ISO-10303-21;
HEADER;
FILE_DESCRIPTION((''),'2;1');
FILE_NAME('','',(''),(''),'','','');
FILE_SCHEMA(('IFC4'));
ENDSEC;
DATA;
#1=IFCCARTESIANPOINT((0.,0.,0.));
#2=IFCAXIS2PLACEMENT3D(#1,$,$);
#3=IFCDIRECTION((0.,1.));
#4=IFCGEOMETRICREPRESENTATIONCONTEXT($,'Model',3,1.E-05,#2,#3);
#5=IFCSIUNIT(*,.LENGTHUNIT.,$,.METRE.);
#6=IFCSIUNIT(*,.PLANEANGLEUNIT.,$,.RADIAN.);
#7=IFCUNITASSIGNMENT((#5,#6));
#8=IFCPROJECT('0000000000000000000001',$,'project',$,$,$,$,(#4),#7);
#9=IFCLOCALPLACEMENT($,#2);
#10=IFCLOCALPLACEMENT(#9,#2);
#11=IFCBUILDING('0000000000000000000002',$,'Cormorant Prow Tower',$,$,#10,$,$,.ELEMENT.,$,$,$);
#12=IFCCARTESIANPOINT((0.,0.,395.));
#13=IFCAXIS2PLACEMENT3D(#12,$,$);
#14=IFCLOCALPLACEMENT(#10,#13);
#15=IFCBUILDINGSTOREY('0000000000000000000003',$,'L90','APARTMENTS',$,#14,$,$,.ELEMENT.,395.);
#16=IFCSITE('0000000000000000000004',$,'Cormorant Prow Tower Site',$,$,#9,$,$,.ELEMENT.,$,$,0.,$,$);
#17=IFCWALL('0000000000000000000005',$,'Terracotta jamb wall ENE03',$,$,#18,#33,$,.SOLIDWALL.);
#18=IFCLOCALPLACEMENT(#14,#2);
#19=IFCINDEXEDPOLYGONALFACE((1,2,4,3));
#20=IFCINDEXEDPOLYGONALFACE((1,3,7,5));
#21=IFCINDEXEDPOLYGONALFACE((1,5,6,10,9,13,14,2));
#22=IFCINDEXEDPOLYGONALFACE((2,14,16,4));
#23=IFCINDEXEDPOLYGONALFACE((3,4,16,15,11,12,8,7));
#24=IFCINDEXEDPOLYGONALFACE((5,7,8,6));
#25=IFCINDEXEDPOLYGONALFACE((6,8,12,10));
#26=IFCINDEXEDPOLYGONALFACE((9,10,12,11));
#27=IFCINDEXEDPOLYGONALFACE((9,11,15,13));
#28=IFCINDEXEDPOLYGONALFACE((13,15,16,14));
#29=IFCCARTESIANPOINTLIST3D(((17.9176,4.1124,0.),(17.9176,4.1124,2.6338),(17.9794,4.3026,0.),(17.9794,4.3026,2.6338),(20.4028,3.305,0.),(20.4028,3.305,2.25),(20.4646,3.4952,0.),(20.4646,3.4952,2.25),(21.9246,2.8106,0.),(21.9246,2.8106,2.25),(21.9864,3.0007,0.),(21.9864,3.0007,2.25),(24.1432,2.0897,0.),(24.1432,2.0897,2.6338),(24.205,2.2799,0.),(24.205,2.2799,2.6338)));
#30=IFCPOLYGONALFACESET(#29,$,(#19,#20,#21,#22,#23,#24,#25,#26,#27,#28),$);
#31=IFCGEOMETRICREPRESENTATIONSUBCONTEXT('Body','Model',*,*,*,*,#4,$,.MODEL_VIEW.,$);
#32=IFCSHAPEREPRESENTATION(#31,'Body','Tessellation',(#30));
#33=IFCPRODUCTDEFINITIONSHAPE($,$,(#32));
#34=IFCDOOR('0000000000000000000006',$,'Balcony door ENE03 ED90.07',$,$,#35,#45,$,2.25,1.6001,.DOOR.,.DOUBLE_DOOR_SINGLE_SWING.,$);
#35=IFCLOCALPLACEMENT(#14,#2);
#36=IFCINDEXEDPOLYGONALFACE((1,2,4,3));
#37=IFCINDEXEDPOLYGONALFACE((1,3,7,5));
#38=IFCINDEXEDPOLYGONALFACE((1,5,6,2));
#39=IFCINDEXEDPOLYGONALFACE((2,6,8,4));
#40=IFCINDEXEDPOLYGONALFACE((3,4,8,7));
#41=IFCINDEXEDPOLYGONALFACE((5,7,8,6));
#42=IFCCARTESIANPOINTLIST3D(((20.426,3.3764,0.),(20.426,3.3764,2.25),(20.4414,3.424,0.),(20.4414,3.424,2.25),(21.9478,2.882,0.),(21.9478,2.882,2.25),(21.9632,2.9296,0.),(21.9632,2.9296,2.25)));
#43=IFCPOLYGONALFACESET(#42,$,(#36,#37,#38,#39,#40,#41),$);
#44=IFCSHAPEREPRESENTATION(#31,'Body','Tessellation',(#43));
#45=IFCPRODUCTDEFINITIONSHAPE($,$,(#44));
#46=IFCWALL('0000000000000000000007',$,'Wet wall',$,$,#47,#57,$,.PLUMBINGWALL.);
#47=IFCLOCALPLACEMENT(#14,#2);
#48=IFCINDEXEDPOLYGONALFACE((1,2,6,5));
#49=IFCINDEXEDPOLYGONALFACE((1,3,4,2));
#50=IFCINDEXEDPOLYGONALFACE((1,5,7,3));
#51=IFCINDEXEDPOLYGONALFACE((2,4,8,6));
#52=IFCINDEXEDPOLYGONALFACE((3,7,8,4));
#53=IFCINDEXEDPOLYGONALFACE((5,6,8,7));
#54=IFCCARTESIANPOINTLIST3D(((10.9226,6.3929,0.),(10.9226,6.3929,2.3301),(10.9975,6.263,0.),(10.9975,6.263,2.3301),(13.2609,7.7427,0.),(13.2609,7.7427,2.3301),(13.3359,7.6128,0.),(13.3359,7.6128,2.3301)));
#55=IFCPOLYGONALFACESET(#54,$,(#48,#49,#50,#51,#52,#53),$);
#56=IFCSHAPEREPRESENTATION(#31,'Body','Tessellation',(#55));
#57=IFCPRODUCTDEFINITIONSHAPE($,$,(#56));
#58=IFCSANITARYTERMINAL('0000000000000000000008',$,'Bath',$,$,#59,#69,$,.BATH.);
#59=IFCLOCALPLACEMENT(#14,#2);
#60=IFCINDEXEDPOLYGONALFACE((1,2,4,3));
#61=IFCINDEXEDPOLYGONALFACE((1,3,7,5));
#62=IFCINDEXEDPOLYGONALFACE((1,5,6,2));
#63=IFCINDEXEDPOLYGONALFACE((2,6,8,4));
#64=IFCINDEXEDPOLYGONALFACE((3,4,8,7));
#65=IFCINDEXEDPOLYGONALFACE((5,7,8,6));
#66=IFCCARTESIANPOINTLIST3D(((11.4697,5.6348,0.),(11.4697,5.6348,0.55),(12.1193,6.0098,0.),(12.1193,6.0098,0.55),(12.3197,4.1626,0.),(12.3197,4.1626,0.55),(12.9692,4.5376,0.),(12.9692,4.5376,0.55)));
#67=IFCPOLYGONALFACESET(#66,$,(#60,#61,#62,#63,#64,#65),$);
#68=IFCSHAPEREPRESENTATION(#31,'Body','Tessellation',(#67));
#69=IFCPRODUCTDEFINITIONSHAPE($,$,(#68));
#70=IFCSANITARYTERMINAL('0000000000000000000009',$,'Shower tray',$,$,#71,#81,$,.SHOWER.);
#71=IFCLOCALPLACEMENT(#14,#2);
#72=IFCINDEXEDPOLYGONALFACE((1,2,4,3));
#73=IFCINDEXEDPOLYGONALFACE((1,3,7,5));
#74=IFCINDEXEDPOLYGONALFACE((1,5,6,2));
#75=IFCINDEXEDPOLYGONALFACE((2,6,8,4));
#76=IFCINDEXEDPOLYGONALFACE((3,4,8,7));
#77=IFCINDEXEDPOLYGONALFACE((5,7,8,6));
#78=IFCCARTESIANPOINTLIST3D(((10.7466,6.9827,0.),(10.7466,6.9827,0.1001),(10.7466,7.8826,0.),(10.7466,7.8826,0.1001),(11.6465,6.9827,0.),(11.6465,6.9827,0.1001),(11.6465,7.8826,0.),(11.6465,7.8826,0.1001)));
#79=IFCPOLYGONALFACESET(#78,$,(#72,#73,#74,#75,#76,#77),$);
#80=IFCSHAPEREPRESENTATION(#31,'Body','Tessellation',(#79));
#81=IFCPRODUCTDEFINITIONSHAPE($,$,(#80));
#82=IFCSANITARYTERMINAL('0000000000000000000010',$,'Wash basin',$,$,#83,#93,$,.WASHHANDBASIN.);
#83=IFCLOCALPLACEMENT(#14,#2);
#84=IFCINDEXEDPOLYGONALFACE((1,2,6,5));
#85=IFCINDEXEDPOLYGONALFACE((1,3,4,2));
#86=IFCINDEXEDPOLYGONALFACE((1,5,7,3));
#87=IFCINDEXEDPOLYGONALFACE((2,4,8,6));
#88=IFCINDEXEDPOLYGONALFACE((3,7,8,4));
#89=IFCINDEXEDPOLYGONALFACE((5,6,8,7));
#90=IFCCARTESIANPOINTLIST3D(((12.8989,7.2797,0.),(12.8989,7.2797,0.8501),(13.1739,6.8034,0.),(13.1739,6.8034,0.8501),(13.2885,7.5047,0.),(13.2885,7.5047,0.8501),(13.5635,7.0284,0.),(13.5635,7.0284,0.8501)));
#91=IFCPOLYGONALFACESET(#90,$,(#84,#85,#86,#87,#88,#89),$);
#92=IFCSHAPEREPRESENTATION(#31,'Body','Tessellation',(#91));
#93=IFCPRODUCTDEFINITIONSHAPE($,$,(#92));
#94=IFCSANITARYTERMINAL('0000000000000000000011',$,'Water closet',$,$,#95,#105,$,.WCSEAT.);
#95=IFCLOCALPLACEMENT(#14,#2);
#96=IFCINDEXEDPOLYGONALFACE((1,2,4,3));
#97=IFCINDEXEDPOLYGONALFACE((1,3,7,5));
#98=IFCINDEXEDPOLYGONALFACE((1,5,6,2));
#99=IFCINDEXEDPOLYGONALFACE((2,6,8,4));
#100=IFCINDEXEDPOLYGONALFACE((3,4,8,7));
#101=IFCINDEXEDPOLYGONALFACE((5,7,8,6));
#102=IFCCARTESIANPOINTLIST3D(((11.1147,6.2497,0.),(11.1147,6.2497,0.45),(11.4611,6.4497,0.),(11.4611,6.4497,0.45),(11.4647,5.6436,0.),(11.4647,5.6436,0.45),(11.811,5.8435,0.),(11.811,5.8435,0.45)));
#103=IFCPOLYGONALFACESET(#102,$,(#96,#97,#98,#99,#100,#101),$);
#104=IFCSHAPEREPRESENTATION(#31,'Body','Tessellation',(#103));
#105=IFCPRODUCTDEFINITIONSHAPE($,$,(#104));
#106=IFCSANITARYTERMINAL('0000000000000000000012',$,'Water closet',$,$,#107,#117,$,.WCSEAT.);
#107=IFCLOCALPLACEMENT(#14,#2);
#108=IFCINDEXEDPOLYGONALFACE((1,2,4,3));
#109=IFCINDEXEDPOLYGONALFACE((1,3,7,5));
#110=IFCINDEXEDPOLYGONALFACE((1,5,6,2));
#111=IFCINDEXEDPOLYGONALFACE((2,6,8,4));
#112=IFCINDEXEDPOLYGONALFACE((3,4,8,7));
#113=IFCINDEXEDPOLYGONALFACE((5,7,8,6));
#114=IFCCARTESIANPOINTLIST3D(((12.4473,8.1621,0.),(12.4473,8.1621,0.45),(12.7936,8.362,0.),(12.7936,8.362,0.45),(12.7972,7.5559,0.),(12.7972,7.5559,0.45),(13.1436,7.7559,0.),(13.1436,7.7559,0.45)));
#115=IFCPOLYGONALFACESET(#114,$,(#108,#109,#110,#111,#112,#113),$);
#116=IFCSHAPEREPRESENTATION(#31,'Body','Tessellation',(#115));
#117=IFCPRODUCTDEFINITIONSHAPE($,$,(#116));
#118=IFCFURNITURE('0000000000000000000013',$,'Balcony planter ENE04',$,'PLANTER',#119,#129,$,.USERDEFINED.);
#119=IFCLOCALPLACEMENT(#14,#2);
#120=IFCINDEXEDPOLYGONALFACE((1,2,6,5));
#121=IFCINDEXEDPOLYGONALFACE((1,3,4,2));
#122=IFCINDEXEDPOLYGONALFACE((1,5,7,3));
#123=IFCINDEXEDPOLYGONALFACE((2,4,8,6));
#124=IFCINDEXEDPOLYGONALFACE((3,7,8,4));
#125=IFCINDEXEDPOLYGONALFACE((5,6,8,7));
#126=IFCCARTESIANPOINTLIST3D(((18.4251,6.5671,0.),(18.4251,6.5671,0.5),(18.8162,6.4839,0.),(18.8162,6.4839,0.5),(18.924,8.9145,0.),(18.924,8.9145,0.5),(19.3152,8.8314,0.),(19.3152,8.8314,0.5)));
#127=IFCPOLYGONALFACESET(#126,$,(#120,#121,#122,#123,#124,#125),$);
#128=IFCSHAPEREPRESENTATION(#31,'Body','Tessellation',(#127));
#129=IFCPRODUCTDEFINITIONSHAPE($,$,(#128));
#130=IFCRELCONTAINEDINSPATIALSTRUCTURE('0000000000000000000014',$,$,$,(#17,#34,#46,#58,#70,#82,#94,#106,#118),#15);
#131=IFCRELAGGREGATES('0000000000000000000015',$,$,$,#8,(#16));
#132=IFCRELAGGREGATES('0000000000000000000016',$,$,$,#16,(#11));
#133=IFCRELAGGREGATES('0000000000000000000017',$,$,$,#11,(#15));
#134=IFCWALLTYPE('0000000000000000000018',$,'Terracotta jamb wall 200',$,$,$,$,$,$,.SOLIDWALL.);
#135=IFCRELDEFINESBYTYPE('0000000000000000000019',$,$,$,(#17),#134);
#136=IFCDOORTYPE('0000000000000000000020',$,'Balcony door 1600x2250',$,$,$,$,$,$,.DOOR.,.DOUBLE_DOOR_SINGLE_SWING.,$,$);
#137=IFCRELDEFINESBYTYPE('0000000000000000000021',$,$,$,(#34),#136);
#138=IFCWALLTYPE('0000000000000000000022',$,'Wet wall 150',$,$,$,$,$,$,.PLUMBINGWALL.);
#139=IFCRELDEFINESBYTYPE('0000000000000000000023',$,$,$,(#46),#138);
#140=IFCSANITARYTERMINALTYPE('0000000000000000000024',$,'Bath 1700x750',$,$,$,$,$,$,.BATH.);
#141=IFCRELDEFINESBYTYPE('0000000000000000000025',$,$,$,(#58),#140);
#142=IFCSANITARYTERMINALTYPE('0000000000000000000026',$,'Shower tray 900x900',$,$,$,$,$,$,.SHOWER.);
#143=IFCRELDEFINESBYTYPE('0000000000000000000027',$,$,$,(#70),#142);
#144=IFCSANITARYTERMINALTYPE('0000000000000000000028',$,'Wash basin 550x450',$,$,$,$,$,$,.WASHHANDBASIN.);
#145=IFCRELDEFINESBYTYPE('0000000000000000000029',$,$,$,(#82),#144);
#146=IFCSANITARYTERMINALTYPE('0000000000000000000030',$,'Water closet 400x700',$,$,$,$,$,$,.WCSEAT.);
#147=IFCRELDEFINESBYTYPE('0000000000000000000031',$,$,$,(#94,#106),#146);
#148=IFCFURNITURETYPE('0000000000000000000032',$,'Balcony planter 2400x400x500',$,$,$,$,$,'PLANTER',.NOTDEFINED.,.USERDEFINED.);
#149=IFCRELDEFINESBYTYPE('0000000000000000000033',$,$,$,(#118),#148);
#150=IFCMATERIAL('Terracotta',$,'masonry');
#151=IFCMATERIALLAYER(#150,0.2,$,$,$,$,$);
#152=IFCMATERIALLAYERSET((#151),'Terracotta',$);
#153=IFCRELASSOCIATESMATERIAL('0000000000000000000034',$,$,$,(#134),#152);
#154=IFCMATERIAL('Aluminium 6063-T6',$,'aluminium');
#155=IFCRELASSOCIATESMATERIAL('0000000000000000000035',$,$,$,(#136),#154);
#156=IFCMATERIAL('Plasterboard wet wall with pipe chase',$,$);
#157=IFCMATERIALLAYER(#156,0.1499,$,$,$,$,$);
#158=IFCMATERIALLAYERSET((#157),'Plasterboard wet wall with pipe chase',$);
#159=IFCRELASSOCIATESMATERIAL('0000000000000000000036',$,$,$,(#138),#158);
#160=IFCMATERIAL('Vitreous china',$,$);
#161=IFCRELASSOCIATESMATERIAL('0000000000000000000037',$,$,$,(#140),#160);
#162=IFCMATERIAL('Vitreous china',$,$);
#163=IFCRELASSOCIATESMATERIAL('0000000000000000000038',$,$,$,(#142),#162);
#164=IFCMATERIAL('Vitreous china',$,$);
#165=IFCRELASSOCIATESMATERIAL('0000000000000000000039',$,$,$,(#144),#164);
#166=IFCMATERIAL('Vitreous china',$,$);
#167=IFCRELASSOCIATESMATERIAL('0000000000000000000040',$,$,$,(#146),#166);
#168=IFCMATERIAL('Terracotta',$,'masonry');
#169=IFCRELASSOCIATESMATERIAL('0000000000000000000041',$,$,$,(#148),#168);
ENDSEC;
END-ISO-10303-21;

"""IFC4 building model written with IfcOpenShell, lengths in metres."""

from ifc_helpers import new_model, si_unit, direction, frame, frame_2d, origin, origin_2d, place, context, subcontext, project, spatial, rectangle, extrude, material, layer, layer_set, type_object, element, fill, save


model = new_model("IFC4")

# Units and contexts
model_context = context("Model", 3, precision=1e-05, world=origin(), true_north=direction((0.0, 1.0)))
body_context = subcontext(model_context, "Body", "Model", "MODEL_VIEW")
ifc_project = project(units=[si_unit("LENGTHUNIT", "METRE"), si_unit("PLANEANGLEUNIT", "RADIAN")], contexts=[model_context])

# Site, building, storey
site_placement = place(None, origin())
site = spatial("IfcSite", under=ifc_project, at=site_placement, Name="Cormorant Prow Tower Site", CompositionType="ELEMENT", RefElevation=0.0)
building_placement = place(site_placement, origin())
building = spatial("IfcBuilding", under=site, at=building_placement, Name="Cormorant Prow Tower", CompositionType="ELEMENT")
storey_placement = place(building_placement, frame((0.0, 0.0, 395.0)))
storey = spatial("IfcBuildingStorey", under=building, at=storey_placement, Name="L90", Description="APARTMENTS", CompositionType="ELEMENT", Elevation=395.0)

# Wall, opening, door
ifc_material_1 = material(Name="Terracotta", Category="masonry")
ifc_layer_1 = layer(ifc_material_1, 0.2)
ifc_layer_set_1 = layer_set([ifc_layer_1], Name="Terracotta")
wall_type_1 = type_object("IfcWallType", Name="Terracotta jamb wall 200", PredefinedType="SOLIDWALL", material=ifc_layer_set_1)
wall_1_placement = place(storey_placement, frame((24.1741, 2.1848, 0.0), z_axis=(0.0, 0.0, 1.0), x_axis=(-0.951061, 0.309002, 0.0)))
wall_1 = element("IfcWall", 1, at=wall_1_placement, inside=storey, type_object=wall_type_1, Name="Terracotta jamb wall ENE03", PredefinedType="SOLIDWALL", context=body_context, shape_type="SweptSolid", body=[
    extrude(rectangle(XDim=6.5459, YDim=0.2, at=frame_2d((3.2729, 0.0))), origin(), (0.0, 0.0, 1.0), 2.6338),
])
opening_1_placement = place(wall_1_placement, frame((2.3328, 0.0, 0.0)))
opening_1 = element("IfcOpeningElement", 2, at=opening_1_placement, cuts=wall_1, PredefinedType="OPENING", context=body_context, shape_type="SweptSolid", body=[
    extrude(rectangle(XDim=1.6001, YDim=2.25, at=frame_2d((0.8, 1.125))), frame((0.0, 0.1099, 0.0), z_axis=(0.0, -1.0, 0.0), x_axis=(1.0, 0.0, 0.0)), (0.0, 0.0, 1.0), 0.22),
])
ifc_material_2 = material(Name="Aluminium 6063-T6", Category="aluminium")
door_type_1 = type_object("IfcDoorType", Name="Balcony door 1600x2250", OperationType="DOUBLE_DOOR_SINGLE_SWING", PredefinedType="DOOR", material=ifc_material_2)
door_1_placement = place(opening_1_placement, origin())
door_1 = element("IfcDoor", 3, at=door_1_placement, inside=storey, type_object=door_type_1, Name="Balcony door ENE03 ED90.07", OperationType="DOUBLE_DOOR_SINGLE_SWING", OverallHeight=2.25, OverallWidth=1.6001, PredefinedType="DOOR", context=body_context, shape_type="SweptSolid", body=[
    extrude(rectangle(XDim=1.6001, YDim=2.25, at=frame_2d((0.8, 1.125))), frame((0.0, 0.0249, 0.0), z_axis=(0.0, -1.0, 0.0), x_axis=(1.0, 0.0, 0.0)), (0.0, 0.0, 1.0), 0.05),
])
fill(opening_1, door_1)

# Wall
ifc_material_3 = material(Name="Plasterboard wet wall with pipe chase")
ifc_layer_2 = layer(ifc_material_3, 0.1499)
ifc_layer_set_2 = layer_set([ifc_layer_2], Name="Plasterboard wet wall with pipe chase")
wall_type_2 = type_object("IfcWallType", Name="Wet wall 150", PredefinedType="PLUMBINGWALL", material=ifc_layer_set_2)
wall_2_placement = place(storey_placement, frame((10.96, 6.3279, 0.0), z_axis=(0.0, 0.0, 1.0), x_axis=(0.866059, 0.499942, 0.0)))
element("IfcWall", 4, at=wall_2_placement, inside=storey, type_object=wall_type_2, Name="Wet wall", PredefinedType="PLUMBINGWALL", context=body_context, shape_type="SweptSolid", body=[
    extrude(rectangle(XDim=2.7, YDim=0.1499, at=frame_2d((1.3501, 0.0))), origin(), (0.0, 0.0, 1.0), 2.3301),
])

# Sanitary terminals
ifc_material_4 = material(Name="Vitreous china")
sanitary_terminal_type_1 = type_object("IfcSanitaryTerminalType", Name="Bath 1700x750", PredefinedType="BATH", material=ifc_material_4)
sanitary_terminal_1_placement = place(storey_placement, frame((12.2195, 5.0862, 0.0), z_axis=(0.0, 0.0, 1.0), x_axis=(-0.5, 0.866025, 0.0)))
element("IfcSanitaryTerminal", 5, at=sanitary_terminal_1_placement, inside=storey, type_object=sanitary_terminal_type_1, Name="Bath", PredefinedType="BATH", context=body_context, shape_type="SweptSolid", body=[
    extrude(rectangle(XDim=1.7, YDim=0.75, at=origin_2d()), origin(), (0.0, 0.0, 1.0), 0.55),
])
ifc_material_5 = material(Name="Vitreous china")
sanitary_terminal_type_2 = type_object("IfcSanitaryTerminalType", Name="Shower tray 900x900", PredefinedType="SHOWER", material=ifc_material_5)
sanitary_terminal_2_placement = place(storey_placement, frame((11.1965, 7.4326, 0.0), z_axis=(0.0, 0.0, 1.0), x_axis=(1.0, 0.0, 0.0)))
element("IfcSanitaryTerminal", 6, at=sanitary_terminal_2_placement, inside=storey, type_object=sanitary_terminal_type_2, Name="Shower tray", PredefinedType="SHOWER", context=body_context, shape_type="SweptSolid", body=[
    extrude(rectangle(XDim=0.8999, YDim=0.8999, at=origin_2d()), origin(), (0.0, 0.0, 1.0), 0.1001),
])
ifc_material_6 = material(Name="Vitreous china")
sanitary_terminal_type_3 = type_object("IfcSanitaryTerminalType", Name="Wash basin 550x450", PredefinedType="WASHHANDBASIN", material=ifc_material_6)
sanitary_terminal_3_placement = place(storey_placement, frame((13.2312, 7.1541, 0.0), z_axis=(0.0, 0.0, 1.0), x_axis=(0.5, -0.866025, 0.0)))
element("IfcSanitaryTerminal", 7, at=sanitary_terminal_3_placement, inside=storey, type_object=sanitary_terminal_type_3, Name="Wash basin", PredefinedType="WASHHANDBASIN", context=body_context, shape_type="SweptSolid", body=[
    extrude(rectangle(XDim=0.55, YDim=0.45, at=origin_2d()), origin(), (0.0, 0.0, 1.0), 0.8501),
])
ifc_material_7 = material(Name="Vitreous china")
sanitary_terminal_type_4 = type_object("IfcSanitaryTerminalType", Name="Water closet 400x700", PredefinedType="WCSEAT", material=ifc_material_7)
for number, where, z_axis, x_axis, name in (
    (8, (11.4629, 6.0466, 0.0), (0.0, 0.0, 1.0), (0.866025, 0.5, 0.0), "Water closet"),
    (9, (12.7954, 7.959, 0.0), (0.0, 0.0, 1.0), (-0.866025, -0.5, 0.0), "Water closet"),
):
    element("IfcSanitaryTerminal", number, at=place(storey_placement, frame(where, z_axis=z_axis, x_axis=x_axis)), inside=storey, type_object=sanitary_terminal_type_4, Name=name, PredefinedType="WCSEAT", context=body_context, shape_type="SweptSolid", body=[
        extrude(rectangle(XDim=0.3999, YDim=0.7, at=origin_2d()), origin(), (0.0, 0.0, 1.0), 0.45),
    ])

# Furniture
ifc_material_8 = material(Name="Terracotta", Category="masonry")
furniture_type = type_object("IfcFurnitureType", Name="Balcony planter 2400x400x500", ElementType="PLANTER", AssemblyPlace="NOTDEFINED", PredefinedType="USERDEFINED", material=ifc_material_8)
furniture_placement = place(storey_placement, frame((18.8701, 7.6992, 0.0), z_axis=(0.0, 0.0, 1.0), x_axis=(0.207912, 0.978148, 0.0)))
element("IfcFurniture", 10, at=furniture_placement, inside=storey, type_object=furniture_type, Name="Balcony planter ENE04", ObjectType="PLANTER", PredefinedType="USERDEFINED", context=body_context, shape_type="SweptSolid", body=[
    extrude(rectangle(XDim=2.3999, YDim=0.3999, at=origin_2d()), origin(), (0.0, 0.0, 1.0), 0.5),
])

save(model, "model.ifc")
